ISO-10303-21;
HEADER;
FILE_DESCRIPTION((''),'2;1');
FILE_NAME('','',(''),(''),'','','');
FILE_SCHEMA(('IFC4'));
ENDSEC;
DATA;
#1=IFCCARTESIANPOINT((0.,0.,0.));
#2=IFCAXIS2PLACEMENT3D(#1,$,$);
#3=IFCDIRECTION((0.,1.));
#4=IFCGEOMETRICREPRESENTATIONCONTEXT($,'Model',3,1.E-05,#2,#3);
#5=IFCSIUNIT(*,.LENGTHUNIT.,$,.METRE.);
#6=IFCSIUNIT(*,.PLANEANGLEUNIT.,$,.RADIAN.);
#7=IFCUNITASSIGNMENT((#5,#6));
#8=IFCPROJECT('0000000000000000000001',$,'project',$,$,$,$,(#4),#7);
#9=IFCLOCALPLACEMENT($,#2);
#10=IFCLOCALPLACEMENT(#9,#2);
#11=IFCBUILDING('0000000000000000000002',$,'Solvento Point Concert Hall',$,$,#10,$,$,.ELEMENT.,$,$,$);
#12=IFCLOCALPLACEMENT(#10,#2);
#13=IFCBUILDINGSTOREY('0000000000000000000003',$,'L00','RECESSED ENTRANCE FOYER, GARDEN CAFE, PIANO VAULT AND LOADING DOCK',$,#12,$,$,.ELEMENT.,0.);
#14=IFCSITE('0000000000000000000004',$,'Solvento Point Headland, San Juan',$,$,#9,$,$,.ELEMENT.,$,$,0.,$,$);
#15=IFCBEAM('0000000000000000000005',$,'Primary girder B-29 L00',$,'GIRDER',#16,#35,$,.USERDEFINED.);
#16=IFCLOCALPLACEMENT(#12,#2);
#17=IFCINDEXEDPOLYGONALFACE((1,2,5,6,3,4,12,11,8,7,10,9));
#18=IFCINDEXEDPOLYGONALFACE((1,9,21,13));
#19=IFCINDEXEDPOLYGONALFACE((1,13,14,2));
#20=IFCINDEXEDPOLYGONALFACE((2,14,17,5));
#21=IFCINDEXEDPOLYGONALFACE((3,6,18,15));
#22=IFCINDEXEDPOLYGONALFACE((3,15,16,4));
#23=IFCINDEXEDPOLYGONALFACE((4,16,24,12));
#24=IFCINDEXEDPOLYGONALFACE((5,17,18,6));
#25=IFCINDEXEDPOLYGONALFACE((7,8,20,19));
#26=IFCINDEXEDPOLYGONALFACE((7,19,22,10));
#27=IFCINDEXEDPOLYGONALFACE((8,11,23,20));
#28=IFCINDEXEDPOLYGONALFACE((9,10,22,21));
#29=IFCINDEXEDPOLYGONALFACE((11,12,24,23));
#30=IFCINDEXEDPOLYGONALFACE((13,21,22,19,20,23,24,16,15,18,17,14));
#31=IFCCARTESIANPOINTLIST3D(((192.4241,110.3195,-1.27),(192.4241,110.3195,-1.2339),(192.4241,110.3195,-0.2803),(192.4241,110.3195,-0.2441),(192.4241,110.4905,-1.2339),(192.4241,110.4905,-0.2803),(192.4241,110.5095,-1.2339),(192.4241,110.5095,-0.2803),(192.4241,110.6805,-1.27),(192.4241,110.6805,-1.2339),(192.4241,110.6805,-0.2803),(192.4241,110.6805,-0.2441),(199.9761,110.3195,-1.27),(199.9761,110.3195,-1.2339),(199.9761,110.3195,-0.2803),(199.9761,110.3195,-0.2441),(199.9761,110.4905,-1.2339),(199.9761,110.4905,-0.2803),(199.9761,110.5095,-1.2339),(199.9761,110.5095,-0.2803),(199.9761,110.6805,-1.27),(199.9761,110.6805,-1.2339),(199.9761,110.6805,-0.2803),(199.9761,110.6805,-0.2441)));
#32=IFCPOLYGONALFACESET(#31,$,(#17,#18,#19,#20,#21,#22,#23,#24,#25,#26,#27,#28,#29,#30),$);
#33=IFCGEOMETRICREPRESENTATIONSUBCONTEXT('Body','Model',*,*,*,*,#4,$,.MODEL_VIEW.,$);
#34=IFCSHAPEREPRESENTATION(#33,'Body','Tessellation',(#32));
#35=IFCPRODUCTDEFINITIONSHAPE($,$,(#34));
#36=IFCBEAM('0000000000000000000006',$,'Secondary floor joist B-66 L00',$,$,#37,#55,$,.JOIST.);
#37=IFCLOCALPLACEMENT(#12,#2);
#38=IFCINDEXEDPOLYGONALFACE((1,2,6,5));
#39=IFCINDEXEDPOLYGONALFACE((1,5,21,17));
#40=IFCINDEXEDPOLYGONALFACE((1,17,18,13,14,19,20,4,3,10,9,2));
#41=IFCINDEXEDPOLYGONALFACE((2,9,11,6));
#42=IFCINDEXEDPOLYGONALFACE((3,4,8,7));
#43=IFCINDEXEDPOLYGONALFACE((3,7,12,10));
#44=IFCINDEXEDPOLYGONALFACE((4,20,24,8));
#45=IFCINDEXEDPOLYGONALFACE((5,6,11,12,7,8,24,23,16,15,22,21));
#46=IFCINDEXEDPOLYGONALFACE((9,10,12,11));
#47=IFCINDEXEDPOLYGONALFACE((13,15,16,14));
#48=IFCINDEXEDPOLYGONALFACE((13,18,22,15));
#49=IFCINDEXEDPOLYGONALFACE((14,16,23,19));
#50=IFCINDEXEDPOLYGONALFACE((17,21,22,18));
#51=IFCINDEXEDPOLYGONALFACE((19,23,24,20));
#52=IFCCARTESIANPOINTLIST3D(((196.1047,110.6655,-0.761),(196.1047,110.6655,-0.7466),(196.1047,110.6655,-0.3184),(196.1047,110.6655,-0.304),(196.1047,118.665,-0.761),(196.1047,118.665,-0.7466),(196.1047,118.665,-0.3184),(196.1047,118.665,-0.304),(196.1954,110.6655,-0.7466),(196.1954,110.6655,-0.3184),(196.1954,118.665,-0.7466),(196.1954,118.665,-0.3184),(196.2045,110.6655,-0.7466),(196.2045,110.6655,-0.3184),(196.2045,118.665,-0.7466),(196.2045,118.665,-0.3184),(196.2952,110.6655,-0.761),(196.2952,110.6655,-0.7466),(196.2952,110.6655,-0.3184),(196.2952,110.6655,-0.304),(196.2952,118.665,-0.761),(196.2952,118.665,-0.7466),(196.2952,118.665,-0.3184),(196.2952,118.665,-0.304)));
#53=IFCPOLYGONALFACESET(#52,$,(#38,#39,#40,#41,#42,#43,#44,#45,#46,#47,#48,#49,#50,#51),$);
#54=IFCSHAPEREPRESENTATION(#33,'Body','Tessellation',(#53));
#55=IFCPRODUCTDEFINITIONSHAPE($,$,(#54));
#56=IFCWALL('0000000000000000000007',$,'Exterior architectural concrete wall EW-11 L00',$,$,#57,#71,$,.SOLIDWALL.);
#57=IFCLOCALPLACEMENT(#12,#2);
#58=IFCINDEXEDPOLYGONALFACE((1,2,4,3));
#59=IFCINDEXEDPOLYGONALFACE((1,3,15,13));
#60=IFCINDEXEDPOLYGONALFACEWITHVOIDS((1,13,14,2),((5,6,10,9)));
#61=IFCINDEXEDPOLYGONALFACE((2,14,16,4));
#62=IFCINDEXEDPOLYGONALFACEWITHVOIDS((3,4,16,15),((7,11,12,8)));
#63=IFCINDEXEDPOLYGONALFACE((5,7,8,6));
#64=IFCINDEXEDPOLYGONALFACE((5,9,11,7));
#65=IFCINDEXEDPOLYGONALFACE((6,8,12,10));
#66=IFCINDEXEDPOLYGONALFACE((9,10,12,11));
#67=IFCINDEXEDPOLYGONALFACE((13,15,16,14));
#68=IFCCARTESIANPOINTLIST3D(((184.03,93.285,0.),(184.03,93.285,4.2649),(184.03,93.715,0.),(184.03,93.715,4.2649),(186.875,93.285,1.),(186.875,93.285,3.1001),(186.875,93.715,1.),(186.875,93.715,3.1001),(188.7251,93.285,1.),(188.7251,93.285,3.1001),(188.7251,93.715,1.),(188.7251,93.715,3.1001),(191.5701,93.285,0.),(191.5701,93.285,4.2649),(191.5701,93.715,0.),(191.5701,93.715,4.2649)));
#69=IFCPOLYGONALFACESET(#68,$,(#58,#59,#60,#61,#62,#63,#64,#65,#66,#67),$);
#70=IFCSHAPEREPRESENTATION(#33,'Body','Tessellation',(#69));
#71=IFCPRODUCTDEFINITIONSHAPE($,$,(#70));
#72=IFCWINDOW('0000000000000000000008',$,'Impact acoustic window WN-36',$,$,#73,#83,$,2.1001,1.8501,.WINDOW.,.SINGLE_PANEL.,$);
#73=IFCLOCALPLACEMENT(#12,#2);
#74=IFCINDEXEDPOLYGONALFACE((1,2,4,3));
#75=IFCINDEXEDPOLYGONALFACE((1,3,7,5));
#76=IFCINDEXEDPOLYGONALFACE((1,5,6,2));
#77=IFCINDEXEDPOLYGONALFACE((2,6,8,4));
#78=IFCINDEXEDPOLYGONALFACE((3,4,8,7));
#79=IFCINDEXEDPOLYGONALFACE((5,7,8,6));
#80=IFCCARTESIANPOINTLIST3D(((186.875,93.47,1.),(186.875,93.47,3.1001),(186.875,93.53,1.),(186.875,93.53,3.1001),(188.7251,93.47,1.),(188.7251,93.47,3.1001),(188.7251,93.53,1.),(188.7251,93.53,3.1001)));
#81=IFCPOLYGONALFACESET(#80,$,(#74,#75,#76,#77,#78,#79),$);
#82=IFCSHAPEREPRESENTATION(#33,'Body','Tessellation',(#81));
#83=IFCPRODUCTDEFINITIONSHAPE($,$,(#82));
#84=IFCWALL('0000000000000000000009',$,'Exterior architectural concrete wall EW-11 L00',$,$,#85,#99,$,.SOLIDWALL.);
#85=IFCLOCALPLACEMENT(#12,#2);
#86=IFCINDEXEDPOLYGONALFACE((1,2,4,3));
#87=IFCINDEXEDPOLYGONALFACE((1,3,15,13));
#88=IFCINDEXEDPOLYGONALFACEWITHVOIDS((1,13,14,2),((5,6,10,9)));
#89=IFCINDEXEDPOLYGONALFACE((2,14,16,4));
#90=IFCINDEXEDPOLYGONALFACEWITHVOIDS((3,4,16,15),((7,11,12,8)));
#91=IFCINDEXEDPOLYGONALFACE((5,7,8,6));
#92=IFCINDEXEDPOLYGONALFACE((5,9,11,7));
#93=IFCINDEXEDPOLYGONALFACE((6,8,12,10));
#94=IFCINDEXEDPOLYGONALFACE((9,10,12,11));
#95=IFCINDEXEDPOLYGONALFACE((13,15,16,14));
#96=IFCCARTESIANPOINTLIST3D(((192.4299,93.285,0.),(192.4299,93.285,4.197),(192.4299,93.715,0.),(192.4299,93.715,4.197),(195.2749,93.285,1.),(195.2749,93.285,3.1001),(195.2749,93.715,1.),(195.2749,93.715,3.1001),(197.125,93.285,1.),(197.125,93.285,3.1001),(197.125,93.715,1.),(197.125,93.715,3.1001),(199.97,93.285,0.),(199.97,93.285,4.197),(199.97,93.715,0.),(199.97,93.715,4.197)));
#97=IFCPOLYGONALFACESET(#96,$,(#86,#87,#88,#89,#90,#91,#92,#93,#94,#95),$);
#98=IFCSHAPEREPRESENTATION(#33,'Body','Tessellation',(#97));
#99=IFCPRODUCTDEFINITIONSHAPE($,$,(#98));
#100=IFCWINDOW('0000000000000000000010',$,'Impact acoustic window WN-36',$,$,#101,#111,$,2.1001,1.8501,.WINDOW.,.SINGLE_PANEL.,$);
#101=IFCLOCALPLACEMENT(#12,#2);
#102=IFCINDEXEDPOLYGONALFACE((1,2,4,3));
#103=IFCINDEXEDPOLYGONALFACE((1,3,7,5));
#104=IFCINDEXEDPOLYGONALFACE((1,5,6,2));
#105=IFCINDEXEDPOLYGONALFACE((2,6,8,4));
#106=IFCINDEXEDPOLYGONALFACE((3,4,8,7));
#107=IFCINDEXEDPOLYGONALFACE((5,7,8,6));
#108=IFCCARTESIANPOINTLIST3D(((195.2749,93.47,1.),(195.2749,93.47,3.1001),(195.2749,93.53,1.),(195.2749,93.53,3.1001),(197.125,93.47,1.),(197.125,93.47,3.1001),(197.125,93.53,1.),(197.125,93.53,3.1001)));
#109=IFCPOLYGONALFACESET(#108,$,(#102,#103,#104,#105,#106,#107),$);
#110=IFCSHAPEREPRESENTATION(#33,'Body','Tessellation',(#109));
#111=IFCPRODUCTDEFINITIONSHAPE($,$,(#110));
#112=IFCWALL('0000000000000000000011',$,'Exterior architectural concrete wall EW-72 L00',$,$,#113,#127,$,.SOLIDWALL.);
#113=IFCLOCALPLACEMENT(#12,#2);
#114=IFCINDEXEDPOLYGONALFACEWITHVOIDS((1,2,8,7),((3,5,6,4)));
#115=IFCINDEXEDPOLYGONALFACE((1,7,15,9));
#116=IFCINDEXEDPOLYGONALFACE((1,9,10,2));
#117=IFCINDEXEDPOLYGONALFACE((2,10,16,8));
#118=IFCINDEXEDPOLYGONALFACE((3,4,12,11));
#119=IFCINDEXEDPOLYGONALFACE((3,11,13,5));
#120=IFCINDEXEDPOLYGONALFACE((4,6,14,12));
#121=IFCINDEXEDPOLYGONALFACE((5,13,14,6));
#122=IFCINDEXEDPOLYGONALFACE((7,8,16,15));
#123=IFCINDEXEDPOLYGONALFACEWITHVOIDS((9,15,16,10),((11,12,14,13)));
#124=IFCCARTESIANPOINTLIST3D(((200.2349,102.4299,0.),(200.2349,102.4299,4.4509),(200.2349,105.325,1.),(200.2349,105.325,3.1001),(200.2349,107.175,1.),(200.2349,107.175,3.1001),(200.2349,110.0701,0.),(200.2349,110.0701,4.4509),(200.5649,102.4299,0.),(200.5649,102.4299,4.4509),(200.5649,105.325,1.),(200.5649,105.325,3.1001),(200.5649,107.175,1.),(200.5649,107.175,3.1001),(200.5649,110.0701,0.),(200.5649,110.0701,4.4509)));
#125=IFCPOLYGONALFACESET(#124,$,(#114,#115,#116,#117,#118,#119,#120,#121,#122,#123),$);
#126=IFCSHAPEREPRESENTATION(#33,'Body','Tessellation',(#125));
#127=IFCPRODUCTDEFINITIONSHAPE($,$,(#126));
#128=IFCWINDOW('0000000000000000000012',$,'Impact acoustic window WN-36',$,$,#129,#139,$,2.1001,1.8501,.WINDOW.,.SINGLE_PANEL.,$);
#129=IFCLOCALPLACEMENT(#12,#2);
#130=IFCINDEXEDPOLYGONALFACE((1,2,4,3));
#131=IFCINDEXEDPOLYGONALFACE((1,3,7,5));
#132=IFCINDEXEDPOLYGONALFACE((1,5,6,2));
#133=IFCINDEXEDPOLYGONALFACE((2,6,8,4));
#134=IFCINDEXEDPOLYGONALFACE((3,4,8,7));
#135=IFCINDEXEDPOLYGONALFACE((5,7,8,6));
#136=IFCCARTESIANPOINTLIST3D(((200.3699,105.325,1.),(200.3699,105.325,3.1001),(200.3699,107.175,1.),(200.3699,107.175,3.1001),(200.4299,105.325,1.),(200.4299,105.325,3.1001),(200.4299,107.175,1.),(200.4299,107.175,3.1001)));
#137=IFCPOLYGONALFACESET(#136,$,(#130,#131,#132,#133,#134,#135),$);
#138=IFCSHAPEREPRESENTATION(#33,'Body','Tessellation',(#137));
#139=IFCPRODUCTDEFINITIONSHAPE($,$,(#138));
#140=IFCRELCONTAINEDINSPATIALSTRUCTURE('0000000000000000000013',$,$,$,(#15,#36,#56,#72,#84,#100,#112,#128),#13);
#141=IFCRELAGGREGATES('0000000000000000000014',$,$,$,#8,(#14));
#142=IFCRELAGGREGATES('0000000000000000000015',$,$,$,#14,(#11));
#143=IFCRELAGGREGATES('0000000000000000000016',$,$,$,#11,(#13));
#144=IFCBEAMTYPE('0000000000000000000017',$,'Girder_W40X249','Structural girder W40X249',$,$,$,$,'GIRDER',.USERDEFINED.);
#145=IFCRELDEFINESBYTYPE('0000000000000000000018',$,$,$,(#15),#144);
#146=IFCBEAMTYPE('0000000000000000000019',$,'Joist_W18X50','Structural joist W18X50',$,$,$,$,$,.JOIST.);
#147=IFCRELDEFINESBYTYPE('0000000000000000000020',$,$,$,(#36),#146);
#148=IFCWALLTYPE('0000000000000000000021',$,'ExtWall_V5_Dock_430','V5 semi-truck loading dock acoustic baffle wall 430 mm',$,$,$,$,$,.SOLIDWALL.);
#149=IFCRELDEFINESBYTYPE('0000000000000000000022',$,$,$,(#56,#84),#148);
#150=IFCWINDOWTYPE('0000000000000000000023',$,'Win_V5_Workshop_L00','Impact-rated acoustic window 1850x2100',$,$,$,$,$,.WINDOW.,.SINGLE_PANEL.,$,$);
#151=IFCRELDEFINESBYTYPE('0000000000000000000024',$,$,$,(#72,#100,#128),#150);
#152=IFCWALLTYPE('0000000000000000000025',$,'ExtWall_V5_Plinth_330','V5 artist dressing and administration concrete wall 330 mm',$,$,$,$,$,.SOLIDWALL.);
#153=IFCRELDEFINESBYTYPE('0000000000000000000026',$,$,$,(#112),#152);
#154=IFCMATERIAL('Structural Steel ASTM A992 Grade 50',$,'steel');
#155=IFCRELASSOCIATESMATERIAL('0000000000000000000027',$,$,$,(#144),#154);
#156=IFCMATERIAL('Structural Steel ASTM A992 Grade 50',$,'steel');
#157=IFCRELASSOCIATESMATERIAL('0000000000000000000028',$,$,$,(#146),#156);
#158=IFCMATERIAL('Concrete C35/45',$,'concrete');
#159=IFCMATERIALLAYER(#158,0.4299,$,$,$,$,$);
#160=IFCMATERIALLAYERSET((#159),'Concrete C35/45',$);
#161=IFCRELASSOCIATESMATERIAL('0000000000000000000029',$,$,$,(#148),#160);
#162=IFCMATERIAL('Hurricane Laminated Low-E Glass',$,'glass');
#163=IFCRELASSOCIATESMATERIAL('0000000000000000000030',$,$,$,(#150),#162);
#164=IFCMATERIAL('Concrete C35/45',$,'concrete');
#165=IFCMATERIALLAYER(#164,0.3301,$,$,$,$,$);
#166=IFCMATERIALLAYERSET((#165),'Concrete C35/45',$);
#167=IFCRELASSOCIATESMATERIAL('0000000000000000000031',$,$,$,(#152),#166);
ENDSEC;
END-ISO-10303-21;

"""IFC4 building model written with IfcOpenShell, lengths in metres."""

from ifc_helpers import new_model, si_unit, direction, frame, frame_2d, origin, origin_2d, place, context, subcontext, project, spatial, rectangle, i_section, extrude, material, layer, layer_set, material_profile, profile_set, type_object, element, fill, save


model = new_model("IFC4")

# Units and contexts
model_context = context("Model", 3, precision=1e-05, world=origin(), true_north=direction((0.0, 1.0)))
body_context = subcontext(model_context, "Body", "Model", "MODEL_VIEW")
ifc_project = project(units=[si_unit("LENGTHUNIT", "METRE"), si_unit("PLANEANGLEUNIT", "RADIAN")], contexts=[model_context])

# Site, building, storey
site_placement = place(None, origin())
site = spatial("IfcSite", under=ifc_project, at=site_placement, Name="Solvento Point Headland, San Juan", CompositionType="ELEMENT", RefElevation=0.0)
building_placement = place(site_placement, origin())
building = spatial("IfcBuilding", under=site, at=building_placement, Name="Solvento Point Concert Hall", CompositionType="ELEMENT")
storey_placement = place(building_placement, origin())
storey = spatial("IfcBuildingStorey", under=building, at=storey_placement, Name="L00", Description="RECESSED ENTRANCE FOYER, GARDEN CAFE, PIANO VAULT AND LOADING DOCK", CompositionType="ELEMENT", Elevation=0.0)

# Beams
ifc_material_1 = material(Name="Structural Steel ASTM A992 Grade 50", Category="steel")
ifc_material_profile_1 = material_profile(ifc_material_1, i_section(OverallWidth=0.3611, OverallDepth=1.0259, WebThickness=0.019, FlangeThickness=0.0361, at=origin_2d()), Name="W40X249")
ifc_profile_set_1 = profile_set([ifc_material_profile_1], Name="Structural Steel ASTM A992 Grade 50")
beam_type_1 = type_object("IfcBeamType", Name="Girder_W40X249", Description="Structural girder W40X249", ElementType="GIRDER", PredefinedType="USERDEFINED", material=ifc_profile_set_1)
beam_1_placement = place(storey_placement, frame((192.4241, 110.5, -0.7571), z_axis=(1.0, 0.0, 0.0), x_axis=(0.0, 1.0, 0.0)))
element("IfcBeam", 1, at=beam_1_placement, inside=storey, type_object=beam_type_1, Name="Primary girder B-29 L00", ObjectType="GIRDER", PredefinedType="USERDEFINED", context=body_context, shape_type="SweptSolid", body=[
    extrude(i_section(OverallWidth=0.3611, OverallDepth=1.0259, WebThickness=0.019, FlangeThickness=0.0361, at=origin_2d()), origin(), (0.0, 0.0, 1.0), 7.552),
])
ifc_material_2 = material(Name="Structural Steel ASTM A992 Grade 50", Category="steel")
ifc_material_profile_2 = material_profile(ifc_material_2, i_section(OverallWidth=0.1904, OverallDepth=0.457, WebThickness=0.009, FlangeThickness=0.0144, at=origin_2d()), Name="W18X50")
ifc_profile_set_2 = profile_set([ifc_material_profile_2], Name="Structural Steel ASTM A992 Grade 50")
beam_type_2 = type_object("IfcBeamType", Name="Joist_W18X50", Description="Structural joist W18X50", PredefinedType="JOIST", material=ifc_profile_set_2)
beam_2_placement = place(storey_placement, frame((196.2, 110.6655, -0.5325), z_axis=(0.0, 1.0, 0.0), x_axis=(-1.0, 0.0, 0.0)))
element("IfcBeam", 2, at=beam_2_placement, inside=storey, type_object=beam_type_2, Name="Secondary floor joist B-66 L00", PredefinedType="JOIST", context=body_context, shape_type="SweptSolid", body=[
    extrude(i_section(OverallWidth=0.1904, OverallDepth=0.457, WebThickness=0.009, FlangeThickness=0.0144, at=origin_2d()), origin(), (0.0, 0.0, 1.0), 7.9995),
])

# Walls, openings, windows
ifc_material_3 = material(Name="Concrete C35/45", Category="concrete")
ifc_layer_1 = layer(ifc_material_3, 0.4299)
ifc_layer_set_1 = layer_set([ifc_layer_1], Name="Concrete C35/45")
wall_type_1 = type_object("IfcWallType", Name="ExtWall_V5_Dock_430", Description="V5 semi-truck loading dock acoustic baffle wall 430 mm", PredefinedType="SOLIDWALL", material=ifc_layer_set_1)
wall_1_placement = place(storey_placement, frame((184.03, 93.5, 0.0), z_axis=(0.0, 0.0, 1.0), x_axis=(1.0, 0.0, 0.0)))
wall_1 = element("IfcWall", 3, at=wall_1_placement, inside=storey, type_object=wall_type_1, Name="Exterior architectural concrete wall EW-11 L00", PredefinedType="SOLIDWALL", context=body_context, shape_type="SweptSolid", body=[
    extrude(rectangle(XDim=7.54, YDim=0.4299, at=frame_2d((3.77, 0.0))), origin(), (0.0, 0.0, 1.0), 4.2649),
])
opening_1_placement = place(wall_1_placement, frame((2.845, 0.0, 1.0)))
opening_1 = element("IfcOpeningElement", 4, at=opening_1_placement, cuts=wall_1, PredefinedType="OPENING", context=body_context, shape_type="SweptSolid", body=[
    extrude(rectangle(XDim=1.8501, YDim=2.1001, at=frame_2d((0.925, 1.05))), frame((0.0, 0.2249, 0.0), z_axis=(0.0, -1.0, 0.0), x_axis=(1.0, 0.0, 0.0)), (0.0, 0.0, 1.0), 0.45),
])
ifc_material_4 = material(Name="Hurricane Laminated Low-E Glass", Category="glass")
window_type = type_object("IfcWindowType", Name="Win_V5_Workshop_L00", Description="Impact-rated acoustic window 1850x2100", PartitioningType="SINGLE_PANEL", PredefinedType="WINDOW", material=ifc_material_4)
window_1_placement = place(opening_1_placement, origin())
window_1 = element("IfcWindow", 5, at=window_1_placement, inside=storey, type_object=window_type, Name="Impact acoustic window WN-36", OverallHeight=2.1001, OverallWidth=1.8501, PartitioningType="SINGLE_PANEL", PredefinedType="WINDOW", context=body_context, shape_type="SweptSolid", body=[
    extrude(rectangle(XDim=1.8501, YDim=2.1001, at=frame_2d((0.925, 1.05))), frame((0.0, 0.03, 0.0), z_axis=(0.0, -1.0, 0.0), x_axis=(1.0, 0.0, 0.0)), (0.0, 0.0, 1.0), 0.0601),
])
fill(opening_1, window_1)
wall_2_placement = place(storey_placement, frame((192.4299, 93.5, 0.0), z_axis=(0.0, 0.0, 1.0), x_axis=(1.0, 0.0, 0.0)))
wall_2 = element("IfcWall", 6, at=wall_2_placement, inside=storey, type_object=wall_type_1, Name="Exterior architectural concrete wall EW-11 L00", PredefinedType="SOLIDWALL", context=body_context, shape_type="SweptSolid", body=[
    extrude(rectangle(XDim=7.54, YDim=0.4299, at=frame_2d((3.77, 0.0))), origin(), (0.0, 0.0, 1.0), 4.197),
])
opening_2_placement = place(wall_2_placement, frame((2.845, 0.0, 1.0)))
opening_2 = element("IfcOpeningElement", 7, at=opening_2_placement, cuts=wall_2, PredefinedType="OPENING", context=body_context, shape_type="SweptSolid", body=[
    extrude(rectangle(XDim=1.8501, YDim=2.1001, at=frame_2d((0.925, 1.05))), frame((0.0, 0.2249, 0.0), z_axis=(0.0, -1.0, 0.0), x_axis=(1.0, 0.0, 0.0)), (0.0, 0.0, 1.0), 0.45),
])
window_2_placement = place(opening_2_placement, origin())
window_2 = element("IfcWindow", 8, at=window_2_placement, inside=storey, type_object=window_type, Name="Impact acoustic window WN-36", OverallHeight=2.1001, OverallWidth=1.8501, PartitioningType="SINGLE_PANEL", PredefinedType="WINDOW", context=body_context, shape_type="SweptSolid", body=[
    extrude(rectangle(XDim=1.8501, YDim=2.1001, at=frame_2d((0.925, 1.05))), frame((0.0, 0.03, 0.0), z_axis=(0.0, -1.0, 0.0), x_axis=(1.0, 0.0, 0.0)), (0.0, 0.0, 1.0), 0.0601),
])
fill(opening_2, window_2)
ifc_material_5 = material(Name="Concrete C35/45", Category="concrete")
ifc_layer_2 = layer(ifc_material_5, 0.3301)
ifc_layer_set_2 = layer_set([ifc_layer_2], Name="Concrete C35/45")
wall_type_2 = type_object("IfcWallType", Name="ExtWall_V5_Plinth_330", Description="V5 artist dressing and administration concrete wall 330 mm", PredefinedType="SOLIDWALL", material=ifc_layer_set_2)
wall_3_placement = place(storey_placement, frame((200.3999, 102.4299, 0.0), z_axis=(0.0, 0.0, 1.0), x_axis=(0.0, 1.0, 0.0)))
wall_3 = element("IfcWall", 9, at=wall_3_placement, inside=storey, type_object=wall_type_2, Name="Exterior architectural concrete wall EW-72 L00", PredefinedType="SOLIDWALL", context=body_context, shape_type="SweptSolid", body=[
    extrude(rectangle(XDim=7.6401, YDim=0.3301, at=frame_2d((3.8201, 0.0))), origin(), (0.0, 0.0, 1.0), 4.4509),
])
opening_3_placement = place(wall_3_placement, frame((2.895, 0.0, 1.0)))
opening_3 = element("IfcOpeningElement", 10, at=opening_3_placement, cuts=wall_3, PredefinedType="OPENING", context=body_context, shape_type="SweptSolid", body=[
    extrude(rectangle(XDim=1.8501, YDim=2.1001, at=frame_2d((0.925, 1.05))), frame((0.0, 0.175, 0.0), z_axis=(0.0, -1.0, 0.0), x_axis=(1.0, 0.0, 0.0)), (0.0, 0.0, 1.0), 0.3501),
])
window_3_placement = place(opening_3_placement, origin())
window_3 = element("IfcWindow", 11, at=window_3_placement, inside=storey, type_object=window_type, Name="Impact acoustic window WN-36", OverallHeight=2.1001, OverallWidth=1.8501, PartitioningType="SINGLE_PANEL", PredefinedType="WINDOW", context=body_context, shape_type="SweptSolid", body=[
    extrude(rectangle(XDim=1.8501, YDim=2.1001, at=frame_2d((0.925, 1.05))), frame((0.0, 0.03, 0.0), z_axis=(0.0, -1.0, 0.0), x_axis=(1.0, 0.0, 0.0)), (0.0, 0.0, 1.0), 0.0601),
])
fill(opening_3, window_3)

save(model, "model.ifc")
